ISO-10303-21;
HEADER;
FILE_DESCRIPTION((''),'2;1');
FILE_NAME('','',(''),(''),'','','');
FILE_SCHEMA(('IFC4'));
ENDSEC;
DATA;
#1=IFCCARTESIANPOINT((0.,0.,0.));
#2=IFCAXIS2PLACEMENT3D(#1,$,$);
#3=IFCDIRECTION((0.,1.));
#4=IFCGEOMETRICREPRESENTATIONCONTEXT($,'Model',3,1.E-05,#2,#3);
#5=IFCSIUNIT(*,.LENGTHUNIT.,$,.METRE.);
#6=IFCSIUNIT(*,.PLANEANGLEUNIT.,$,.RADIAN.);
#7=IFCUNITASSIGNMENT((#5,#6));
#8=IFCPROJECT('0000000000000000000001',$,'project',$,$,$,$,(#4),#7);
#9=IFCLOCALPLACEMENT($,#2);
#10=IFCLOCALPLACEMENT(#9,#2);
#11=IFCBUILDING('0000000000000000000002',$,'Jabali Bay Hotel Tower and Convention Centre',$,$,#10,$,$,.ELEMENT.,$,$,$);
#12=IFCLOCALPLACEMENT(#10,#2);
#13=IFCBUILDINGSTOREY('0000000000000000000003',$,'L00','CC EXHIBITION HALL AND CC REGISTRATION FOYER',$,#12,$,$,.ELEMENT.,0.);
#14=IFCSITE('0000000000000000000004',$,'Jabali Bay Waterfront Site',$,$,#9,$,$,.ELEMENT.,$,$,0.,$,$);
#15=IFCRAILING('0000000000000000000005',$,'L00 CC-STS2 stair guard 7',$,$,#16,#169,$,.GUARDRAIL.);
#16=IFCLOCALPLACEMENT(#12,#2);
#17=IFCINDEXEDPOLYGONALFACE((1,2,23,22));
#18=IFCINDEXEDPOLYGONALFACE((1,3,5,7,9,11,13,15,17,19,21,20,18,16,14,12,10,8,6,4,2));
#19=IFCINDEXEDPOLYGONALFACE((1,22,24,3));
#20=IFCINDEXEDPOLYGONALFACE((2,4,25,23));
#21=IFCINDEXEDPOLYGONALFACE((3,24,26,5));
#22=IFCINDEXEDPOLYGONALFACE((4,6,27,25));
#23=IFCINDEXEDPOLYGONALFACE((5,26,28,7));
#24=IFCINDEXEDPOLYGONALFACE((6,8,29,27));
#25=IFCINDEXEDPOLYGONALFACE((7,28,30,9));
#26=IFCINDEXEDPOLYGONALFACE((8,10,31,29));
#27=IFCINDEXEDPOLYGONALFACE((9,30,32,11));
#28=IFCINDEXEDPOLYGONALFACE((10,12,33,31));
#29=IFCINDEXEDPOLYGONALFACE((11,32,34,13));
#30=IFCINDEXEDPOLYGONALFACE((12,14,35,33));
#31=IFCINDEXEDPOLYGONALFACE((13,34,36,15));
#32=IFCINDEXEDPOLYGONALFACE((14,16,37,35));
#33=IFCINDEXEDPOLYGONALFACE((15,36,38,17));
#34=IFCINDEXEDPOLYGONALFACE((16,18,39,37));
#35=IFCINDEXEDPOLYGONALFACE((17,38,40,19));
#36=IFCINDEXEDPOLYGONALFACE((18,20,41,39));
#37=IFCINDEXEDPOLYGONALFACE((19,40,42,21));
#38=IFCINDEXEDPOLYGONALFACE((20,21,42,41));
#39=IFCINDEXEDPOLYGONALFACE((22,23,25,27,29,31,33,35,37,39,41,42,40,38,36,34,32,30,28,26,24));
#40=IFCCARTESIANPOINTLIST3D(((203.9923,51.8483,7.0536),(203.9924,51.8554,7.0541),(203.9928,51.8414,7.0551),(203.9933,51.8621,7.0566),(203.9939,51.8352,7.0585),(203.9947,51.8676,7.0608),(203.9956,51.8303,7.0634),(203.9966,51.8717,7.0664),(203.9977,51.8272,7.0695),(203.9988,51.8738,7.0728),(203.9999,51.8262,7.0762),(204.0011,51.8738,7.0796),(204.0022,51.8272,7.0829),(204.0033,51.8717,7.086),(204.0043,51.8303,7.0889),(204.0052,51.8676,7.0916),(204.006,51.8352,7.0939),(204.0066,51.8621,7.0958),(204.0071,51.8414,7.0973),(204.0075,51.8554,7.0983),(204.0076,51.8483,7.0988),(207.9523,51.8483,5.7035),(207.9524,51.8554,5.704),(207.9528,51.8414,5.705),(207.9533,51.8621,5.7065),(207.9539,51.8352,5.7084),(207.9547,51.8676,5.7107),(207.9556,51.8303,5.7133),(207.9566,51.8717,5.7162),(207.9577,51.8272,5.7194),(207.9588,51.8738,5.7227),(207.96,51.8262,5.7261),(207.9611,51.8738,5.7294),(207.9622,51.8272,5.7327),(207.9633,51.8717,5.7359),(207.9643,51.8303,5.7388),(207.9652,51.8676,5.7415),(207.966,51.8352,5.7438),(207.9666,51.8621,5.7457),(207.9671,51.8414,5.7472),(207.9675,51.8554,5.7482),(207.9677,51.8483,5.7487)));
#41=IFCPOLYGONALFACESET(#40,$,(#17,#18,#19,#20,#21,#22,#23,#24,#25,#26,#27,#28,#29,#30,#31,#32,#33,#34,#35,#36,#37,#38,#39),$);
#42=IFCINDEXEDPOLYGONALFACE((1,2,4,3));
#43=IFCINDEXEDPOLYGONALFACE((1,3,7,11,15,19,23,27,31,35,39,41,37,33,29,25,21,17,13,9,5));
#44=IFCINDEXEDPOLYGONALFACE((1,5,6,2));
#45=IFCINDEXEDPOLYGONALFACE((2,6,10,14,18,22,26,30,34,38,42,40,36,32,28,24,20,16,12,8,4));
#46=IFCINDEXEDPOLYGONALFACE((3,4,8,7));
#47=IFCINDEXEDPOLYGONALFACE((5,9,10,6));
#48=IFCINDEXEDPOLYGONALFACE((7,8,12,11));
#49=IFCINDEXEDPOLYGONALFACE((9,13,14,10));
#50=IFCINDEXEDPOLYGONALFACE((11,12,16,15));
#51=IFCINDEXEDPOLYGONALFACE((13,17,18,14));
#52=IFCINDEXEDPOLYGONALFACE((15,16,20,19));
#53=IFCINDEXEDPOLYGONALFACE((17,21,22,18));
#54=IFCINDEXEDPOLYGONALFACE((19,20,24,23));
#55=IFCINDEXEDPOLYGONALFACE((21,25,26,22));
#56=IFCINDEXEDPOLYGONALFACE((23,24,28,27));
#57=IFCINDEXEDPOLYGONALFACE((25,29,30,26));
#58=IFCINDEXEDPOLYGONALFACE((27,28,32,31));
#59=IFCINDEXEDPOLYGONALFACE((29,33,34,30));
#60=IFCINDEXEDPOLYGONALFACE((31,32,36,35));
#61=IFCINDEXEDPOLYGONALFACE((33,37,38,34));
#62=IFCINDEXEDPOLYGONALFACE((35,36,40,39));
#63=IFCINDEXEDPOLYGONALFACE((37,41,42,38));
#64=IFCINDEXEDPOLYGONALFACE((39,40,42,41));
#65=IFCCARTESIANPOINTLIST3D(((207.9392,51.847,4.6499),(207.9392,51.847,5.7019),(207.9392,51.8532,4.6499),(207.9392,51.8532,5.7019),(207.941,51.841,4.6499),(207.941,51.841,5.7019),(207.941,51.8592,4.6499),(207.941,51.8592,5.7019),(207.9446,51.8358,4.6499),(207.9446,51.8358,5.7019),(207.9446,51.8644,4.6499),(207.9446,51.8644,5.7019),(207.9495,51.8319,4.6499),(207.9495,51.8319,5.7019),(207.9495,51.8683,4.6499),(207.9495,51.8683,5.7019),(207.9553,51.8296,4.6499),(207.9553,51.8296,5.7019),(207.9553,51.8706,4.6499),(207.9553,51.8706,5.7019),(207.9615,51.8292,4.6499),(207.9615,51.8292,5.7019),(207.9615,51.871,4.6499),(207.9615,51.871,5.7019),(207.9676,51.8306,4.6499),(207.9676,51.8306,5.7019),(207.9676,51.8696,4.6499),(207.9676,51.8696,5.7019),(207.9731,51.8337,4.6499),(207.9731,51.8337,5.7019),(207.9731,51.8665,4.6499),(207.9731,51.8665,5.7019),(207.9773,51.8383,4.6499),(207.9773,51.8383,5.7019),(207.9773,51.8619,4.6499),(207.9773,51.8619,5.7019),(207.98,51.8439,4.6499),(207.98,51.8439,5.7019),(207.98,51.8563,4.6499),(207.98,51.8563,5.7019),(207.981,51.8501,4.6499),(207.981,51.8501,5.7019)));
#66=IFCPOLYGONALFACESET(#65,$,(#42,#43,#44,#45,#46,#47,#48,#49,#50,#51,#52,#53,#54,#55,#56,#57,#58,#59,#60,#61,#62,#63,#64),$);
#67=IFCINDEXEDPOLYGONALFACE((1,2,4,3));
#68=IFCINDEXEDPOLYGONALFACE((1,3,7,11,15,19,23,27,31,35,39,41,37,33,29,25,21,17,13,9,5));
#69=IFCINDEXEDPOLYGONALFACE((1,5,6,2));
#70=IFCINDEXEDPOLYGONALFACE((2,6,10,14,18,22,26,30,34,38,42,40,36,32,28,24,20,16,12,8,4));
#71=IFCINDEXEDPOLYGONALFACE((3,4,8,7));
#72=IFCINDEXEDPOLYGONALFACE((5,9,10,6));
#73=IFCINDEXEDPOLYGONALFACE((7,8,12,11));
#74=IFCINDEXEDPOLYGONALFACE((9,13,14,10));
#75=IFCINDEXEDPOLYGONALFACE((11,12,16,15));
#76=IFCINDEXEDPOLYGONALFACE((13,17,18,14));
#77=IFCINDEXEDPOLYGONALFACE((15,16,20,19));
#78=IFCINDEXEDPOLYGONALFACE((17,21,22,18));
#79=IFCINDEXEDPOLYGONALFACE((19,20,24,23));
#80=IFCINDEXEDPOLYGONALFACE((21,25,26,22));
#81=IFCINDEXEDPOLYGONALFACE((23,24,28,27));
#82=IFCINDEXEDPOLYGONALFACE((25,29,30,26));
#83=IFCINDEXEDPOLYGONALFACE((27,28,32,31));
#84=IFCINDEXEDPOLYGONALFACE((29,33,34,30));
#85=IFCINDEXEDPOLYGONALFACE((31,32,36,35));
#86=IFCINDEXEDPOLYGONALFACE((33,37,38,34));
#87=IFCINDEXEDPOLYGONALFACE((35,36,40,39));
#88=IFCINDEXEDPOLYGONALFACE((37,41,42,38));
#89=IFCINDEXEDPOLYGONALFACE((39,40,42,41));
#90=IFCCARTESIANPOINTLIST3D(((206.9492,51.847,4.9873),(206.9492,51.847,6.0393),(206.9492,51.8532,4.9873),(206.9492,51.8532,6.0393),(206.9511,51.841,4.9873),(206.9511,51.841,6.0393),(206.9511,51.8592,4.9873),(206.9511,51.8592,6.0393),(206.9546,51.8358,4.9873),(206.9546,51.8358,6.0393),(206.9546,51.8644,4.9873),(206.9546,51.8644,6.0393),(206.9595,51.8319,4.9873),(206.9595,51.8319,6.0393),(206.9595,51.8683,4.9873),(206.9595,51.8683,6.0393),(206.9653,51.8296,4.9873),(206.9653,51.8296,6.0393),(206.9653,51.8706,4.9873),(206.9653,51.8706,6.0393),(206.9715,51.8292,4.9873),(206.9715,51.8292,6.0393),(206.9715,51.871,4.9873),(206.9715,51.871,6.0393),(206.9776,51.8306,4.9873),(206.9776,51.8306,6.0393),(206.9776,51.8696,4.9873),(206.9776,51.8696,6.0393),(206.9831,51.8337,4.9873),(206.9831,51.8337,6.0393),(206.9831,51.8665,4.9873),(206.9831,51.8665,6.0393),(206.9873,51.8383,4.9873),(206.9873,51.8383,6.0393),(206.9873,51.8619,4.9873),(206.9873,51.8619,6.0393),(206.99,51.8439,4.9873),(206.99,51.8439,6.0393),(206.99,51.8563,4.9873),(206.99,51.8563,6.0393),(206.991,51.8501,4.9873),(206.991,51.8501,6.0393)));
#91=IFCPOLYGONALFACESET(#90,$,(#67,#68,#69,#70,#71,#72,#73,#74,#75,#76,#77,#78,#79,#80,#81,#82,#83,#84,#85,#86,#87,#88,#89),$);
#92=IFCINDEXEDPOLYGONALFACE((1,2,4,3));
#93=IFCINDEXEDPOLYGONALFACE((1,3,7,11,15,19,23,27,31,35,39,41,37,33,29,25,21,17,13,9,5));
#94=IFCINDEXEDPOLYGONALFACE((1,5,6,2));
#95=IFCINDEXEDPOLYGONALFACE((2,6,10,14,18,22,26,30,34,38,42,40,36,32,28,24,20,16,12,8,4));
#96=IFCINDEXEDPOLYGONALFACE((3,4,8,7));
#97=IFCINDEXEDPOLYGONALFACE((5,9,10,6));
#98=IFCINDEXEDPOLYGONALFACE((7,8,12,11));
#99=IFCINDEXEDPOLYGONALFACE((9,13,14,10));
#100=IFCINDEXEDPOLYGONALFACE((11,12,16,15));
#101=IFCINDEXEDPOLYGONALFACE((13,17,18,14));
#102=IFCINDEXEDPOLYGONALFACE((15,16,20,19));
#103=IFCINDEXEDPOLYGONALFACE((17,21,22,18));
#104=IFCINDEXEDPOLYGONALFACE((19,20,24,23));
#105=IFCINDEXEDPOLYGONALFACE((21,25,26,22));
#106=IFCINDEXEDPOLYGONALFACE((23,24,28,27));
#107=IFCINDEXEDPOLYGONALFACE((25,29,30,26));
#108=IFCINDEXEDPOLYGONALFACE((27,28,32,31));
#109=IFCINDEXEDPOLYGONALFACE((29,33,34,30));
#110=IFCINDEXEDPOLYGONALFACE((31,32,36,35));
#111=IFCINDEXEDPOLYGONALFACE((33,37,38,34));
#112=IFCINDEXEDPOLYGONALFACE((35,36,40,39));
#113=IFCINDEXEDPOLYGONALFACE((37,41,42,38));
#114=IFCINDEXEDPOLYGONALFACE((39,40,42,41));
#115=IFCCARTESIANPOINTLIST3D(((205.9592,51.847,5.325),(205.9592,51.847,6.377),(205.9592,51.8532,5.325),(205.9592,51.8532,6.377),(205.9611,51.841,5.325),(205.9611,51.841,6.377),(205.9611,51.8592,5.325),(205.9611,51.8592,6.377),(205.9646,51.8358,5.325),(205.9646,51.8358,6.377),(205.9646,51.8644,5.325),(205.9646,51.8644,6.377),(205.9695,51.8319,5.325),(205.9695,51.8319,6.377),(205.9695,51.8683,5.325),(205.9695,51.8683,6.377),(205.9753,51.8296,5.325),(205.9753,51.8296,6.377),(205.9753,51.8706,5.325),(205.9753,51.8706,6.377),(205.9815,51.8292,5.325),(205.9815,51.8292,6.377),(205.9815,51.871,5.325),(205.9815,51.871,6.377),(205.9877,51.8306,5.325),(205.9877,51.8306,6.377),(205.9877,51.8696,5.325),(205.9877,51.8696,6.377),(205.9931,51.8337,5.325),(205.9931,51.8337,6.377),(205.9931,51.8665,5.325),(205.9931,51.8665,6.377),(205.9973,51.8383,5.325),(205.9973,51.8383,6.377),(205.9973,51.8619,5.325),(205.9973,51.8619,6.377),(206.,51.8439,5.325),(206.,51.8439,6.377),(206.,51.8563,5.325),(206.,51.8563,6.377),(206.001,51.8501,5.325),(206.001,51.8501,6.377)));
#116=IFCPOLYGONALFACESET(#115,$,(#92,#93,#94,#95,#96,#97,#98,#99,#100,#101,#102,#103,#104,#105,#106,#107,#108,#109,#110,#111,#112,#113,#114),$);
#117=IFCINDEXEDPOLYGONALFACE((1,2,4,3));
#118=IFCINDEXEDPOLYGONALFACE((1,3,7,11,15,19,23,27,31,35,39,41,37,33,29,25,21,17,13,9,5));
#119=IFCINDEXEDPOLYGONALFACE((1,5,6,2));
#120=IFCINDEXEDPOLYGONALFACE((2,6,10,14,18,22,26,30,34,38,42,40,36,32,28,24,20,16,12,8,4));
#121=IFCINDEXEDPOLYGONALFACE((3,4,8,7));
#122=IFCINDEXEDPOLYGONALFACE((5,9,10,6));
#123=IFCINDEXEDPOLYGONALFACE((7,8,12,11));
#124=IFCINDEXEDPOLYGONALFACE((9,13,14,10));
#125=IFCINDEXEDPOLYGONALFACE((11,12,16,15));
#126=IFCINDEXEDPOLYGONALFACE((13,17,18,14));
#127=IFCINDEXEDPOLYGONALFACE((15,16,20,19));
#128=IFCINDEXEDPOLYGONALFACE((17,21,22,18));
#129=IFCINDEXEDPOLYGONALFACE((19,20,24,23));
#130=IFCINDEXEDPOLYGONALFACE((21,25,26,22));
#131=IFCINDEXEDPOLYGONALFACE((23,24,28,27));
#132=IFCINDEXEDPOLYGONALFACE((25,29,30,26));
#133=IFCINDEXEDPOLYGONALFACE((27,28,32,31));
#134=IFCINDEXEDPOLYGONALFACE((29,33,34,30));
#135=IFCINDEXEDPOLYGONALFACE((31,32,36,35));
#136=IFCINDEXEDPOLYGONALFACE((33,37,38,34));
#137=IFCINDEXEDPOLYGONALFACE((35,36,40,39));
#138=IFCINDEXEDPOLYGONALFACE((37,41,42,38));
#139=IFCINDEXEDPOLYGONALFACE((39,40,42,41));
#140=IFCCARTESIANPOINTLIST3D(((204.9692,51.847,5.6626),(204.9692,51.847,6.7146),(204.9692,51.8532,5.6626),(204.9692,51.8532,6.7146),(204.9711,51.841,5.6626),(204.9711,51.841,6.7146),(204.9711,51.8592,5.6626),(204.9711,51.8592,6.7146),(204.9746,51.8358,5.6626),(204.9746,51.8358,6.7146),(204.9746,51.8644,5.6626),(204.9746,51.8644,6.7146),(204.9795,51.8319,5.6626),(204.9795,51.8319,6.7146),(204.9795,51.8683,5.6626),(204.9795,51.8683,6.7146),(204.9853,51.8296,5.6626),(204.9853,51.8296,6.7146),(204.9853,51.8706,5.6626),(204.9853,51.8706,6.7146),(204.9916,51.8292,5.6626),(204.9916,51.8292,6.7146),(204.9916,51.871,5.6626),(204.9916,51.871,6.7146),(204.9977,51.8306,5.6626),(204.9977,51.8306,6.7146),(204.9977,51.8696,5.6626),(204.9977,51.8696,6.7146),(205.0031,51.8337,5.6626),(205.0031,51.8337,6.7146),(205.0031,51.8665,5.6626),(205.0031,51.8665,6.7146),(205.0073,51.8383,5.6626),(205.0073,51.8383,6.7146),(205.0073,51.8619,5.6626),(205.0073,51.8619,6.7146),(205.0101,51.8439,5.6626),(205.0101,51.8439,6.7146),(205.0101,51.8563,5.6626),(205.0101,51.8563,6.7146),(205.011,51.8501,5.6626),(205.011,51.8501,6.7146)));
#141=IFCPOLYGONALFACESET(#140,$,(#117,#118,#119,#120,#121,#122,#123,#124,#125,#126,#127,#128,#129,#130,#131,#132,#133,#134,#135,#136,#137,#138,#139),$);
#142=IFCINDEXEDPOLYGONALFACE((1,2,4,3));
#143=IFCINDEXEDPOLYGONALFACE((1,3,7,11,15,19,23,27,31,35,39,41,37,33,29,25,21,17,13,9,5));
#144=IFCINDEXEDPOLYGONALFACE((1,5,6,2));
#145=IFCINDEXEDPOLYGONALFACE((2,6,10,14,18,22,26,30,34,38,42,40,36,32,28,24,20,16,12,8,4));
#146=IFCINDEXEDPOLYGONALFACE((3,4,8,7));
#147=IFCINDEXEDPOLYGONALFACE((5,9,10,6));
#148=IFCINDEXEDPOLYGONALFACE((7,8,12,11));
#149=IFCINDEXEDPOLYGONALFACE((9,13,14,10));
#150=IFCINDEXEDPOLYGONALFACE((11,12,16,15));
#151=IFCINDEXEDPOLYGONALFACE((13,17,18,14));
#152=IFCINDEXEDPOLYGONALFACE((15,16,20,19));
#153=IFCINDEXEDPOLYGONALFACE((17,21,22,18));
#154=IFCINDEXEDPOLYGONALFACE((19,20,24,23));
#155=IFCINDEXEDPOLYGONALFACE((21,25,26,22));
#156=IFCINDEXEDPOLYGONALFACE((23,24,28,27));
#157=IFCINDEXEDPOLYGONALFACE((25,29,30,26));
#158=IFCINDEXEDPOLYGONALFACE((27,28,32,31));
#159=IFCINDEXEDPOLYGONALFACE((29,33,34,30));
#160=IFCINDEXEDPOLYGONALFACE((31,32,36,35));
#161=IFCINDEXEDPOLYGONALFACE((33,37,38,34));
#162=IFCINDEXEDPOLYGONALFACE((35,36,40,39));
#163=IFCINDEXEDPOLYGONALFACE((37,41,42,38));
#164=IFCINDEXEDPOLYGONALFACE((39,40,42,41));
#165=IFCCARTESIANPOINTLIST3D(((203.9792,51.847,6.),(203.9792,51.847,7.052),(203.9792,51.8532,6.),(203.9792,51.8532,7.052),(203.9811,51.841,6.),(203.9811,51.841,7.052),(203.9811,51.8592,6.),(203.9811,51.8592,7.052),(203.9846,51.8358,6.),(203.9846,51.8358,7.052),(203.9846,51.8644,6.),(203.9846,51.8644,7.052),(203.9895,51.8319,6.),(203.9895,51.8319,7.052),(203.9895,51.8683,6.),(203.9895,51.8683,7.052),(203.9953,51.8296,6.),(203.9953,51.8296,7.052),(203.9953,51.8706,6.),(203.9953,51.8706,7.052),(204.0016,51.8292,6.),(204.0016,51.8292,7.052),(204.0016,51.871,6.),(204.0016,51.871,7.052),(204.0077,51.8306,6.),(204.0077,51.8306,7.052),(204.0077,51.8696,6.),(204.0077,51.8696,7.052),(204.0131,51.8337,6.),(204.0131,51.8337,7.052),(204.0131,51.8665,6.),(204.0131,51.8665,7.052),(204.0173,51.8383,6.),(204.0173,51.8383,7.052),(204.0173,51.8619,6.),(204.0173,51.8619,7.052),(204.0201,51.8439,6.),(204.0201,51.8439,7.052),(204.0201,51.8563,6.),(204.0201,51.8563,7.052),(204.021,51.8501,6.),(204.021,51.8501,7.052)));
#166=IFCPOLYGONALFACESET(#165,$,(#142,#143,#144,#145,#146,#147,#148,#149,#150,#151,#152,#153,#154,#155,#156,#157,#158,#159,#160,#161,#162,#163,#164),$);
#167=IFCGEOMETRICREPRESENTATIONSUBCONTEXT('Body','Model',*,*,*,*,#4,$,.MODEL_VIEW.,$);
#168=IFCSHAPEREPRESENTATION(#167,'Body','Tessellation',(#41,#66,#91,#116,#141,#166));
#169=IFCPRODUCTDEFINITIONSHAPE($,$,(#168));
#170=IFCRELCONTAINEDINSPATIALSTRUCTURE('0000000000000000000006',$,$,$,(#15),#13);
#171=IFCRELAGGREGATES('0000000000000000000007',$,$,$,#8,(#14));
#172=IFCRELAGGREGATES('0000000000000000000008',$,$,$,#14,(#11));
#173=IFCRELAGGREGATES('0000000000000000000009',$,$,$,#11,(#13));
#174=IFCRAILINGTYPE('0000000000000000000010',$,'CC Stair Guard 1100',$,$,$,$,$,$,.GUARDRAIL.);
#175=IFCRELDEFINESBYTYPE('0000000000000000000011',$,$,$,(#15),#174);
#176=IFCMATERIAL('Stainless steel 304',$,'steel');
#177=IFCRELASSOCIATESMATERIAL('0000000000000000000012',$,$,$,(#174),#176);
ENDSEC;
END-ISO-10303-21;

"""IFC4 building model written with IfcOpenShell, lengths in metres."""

from ifc_helpers import new_model, si_unit, direction, frame, origin, origin_2d, place, context, subcontext, project, spatial, circle, extrude, material, type_object, element, save


model = new_model("IFC4")

# Units and contexts
model_context = context("Model", 3, precision=1e-05, world=origin(), true_north=direction((0.0, 1.0)))
body_context = subcontext(model_context, "Body", "Model", "MODEL_VIEW")
ifc_project = project(units=[si_unit("LENGTHUNIT", "METRE"), si_unit("PLANEANGLEUNIT", "RADIAN")], contexts=[model_context])

# Site, building, storey
site_placement = place(None, origin())
site = spatial("IfcSite", under=ifc_project, at=site_placement, Name="Jabali Bay Waterfront Site", CompositionType="ELEMENT", RefElevation=0.0)
building_placement = place(site_placement, origin())
building = spatial("IfcBuilding", under=site, at=building_placement, Name="Jabali Bay Hotel Tower and Convention Centre", CompositionType="ELEMENT")
storey_placement = place(building_placement, origin())
storey = spatial("IfcBuildingStorey", under=building, at=storey_placement, Name="L00", Description="CC EXHIBITION HALL AND CC REGISTRATION FOYER", CompositionType="ELEMENT", Elevation=0.0)

# Railing
ifc_material_1 = material(Name="Stainless steel 304", Category="steel")
railing_type_1 = type_object("IfcRailingType", Name="CC Stair Guard 1100", PredefinedType="GUARDRAIL", material=ifc_material_1)
railing_1_placement = place(storey_placement, frame((207.96, 51.8501, 4.6499)))
element("IfcRailing", 1, at=railing_1_placement, inside=storey, type_object=railing_type_1, Name="L00 CC-STS2 stair guard 7", PredefinedType="GUARDRAIL", context=body_context, shape_type="SweptSolid", body=[
    extrude(circle(Radius=0.0239, at=origin_2d()), frame((0.0, 0.0, 1.0762), z_axis=(-0.946502, 0.0, 0.322698), x_axis=(0.0, -1.0, 0.0)), (0.0, 0.0, 1.0), 4.1838),
    extrude(circle(Radius=0.021, at=origin_2d()), origin(), (0.0, 0.0, 1.0), 1.052),
    extrude(circle(Radius=0.021, at=origin_2d()), frame((-0.99, 0.0, 0.3374)), (0.0, 0.0, 1.0), 1.052),
    extrude(circle(Radius=0.021, at=origin_2d()), frame((-1.98, 0.0, 0.675)), (0.0, 0.0, 1.0), 1.052),
    extrude(circle(Radius=0.021, at=origin_2d()), frame((-2.97, 0.0, 1.0127)), (0.0, 0.0, 1.0), 1.052),
    extrude(circle(Radius=0.021, at=origin_2d()), frame((-3.96, 0.0, 1.3501)), (0.0, 0.0, 1.0), 1.052),
])

save(model, "model.ifc")
